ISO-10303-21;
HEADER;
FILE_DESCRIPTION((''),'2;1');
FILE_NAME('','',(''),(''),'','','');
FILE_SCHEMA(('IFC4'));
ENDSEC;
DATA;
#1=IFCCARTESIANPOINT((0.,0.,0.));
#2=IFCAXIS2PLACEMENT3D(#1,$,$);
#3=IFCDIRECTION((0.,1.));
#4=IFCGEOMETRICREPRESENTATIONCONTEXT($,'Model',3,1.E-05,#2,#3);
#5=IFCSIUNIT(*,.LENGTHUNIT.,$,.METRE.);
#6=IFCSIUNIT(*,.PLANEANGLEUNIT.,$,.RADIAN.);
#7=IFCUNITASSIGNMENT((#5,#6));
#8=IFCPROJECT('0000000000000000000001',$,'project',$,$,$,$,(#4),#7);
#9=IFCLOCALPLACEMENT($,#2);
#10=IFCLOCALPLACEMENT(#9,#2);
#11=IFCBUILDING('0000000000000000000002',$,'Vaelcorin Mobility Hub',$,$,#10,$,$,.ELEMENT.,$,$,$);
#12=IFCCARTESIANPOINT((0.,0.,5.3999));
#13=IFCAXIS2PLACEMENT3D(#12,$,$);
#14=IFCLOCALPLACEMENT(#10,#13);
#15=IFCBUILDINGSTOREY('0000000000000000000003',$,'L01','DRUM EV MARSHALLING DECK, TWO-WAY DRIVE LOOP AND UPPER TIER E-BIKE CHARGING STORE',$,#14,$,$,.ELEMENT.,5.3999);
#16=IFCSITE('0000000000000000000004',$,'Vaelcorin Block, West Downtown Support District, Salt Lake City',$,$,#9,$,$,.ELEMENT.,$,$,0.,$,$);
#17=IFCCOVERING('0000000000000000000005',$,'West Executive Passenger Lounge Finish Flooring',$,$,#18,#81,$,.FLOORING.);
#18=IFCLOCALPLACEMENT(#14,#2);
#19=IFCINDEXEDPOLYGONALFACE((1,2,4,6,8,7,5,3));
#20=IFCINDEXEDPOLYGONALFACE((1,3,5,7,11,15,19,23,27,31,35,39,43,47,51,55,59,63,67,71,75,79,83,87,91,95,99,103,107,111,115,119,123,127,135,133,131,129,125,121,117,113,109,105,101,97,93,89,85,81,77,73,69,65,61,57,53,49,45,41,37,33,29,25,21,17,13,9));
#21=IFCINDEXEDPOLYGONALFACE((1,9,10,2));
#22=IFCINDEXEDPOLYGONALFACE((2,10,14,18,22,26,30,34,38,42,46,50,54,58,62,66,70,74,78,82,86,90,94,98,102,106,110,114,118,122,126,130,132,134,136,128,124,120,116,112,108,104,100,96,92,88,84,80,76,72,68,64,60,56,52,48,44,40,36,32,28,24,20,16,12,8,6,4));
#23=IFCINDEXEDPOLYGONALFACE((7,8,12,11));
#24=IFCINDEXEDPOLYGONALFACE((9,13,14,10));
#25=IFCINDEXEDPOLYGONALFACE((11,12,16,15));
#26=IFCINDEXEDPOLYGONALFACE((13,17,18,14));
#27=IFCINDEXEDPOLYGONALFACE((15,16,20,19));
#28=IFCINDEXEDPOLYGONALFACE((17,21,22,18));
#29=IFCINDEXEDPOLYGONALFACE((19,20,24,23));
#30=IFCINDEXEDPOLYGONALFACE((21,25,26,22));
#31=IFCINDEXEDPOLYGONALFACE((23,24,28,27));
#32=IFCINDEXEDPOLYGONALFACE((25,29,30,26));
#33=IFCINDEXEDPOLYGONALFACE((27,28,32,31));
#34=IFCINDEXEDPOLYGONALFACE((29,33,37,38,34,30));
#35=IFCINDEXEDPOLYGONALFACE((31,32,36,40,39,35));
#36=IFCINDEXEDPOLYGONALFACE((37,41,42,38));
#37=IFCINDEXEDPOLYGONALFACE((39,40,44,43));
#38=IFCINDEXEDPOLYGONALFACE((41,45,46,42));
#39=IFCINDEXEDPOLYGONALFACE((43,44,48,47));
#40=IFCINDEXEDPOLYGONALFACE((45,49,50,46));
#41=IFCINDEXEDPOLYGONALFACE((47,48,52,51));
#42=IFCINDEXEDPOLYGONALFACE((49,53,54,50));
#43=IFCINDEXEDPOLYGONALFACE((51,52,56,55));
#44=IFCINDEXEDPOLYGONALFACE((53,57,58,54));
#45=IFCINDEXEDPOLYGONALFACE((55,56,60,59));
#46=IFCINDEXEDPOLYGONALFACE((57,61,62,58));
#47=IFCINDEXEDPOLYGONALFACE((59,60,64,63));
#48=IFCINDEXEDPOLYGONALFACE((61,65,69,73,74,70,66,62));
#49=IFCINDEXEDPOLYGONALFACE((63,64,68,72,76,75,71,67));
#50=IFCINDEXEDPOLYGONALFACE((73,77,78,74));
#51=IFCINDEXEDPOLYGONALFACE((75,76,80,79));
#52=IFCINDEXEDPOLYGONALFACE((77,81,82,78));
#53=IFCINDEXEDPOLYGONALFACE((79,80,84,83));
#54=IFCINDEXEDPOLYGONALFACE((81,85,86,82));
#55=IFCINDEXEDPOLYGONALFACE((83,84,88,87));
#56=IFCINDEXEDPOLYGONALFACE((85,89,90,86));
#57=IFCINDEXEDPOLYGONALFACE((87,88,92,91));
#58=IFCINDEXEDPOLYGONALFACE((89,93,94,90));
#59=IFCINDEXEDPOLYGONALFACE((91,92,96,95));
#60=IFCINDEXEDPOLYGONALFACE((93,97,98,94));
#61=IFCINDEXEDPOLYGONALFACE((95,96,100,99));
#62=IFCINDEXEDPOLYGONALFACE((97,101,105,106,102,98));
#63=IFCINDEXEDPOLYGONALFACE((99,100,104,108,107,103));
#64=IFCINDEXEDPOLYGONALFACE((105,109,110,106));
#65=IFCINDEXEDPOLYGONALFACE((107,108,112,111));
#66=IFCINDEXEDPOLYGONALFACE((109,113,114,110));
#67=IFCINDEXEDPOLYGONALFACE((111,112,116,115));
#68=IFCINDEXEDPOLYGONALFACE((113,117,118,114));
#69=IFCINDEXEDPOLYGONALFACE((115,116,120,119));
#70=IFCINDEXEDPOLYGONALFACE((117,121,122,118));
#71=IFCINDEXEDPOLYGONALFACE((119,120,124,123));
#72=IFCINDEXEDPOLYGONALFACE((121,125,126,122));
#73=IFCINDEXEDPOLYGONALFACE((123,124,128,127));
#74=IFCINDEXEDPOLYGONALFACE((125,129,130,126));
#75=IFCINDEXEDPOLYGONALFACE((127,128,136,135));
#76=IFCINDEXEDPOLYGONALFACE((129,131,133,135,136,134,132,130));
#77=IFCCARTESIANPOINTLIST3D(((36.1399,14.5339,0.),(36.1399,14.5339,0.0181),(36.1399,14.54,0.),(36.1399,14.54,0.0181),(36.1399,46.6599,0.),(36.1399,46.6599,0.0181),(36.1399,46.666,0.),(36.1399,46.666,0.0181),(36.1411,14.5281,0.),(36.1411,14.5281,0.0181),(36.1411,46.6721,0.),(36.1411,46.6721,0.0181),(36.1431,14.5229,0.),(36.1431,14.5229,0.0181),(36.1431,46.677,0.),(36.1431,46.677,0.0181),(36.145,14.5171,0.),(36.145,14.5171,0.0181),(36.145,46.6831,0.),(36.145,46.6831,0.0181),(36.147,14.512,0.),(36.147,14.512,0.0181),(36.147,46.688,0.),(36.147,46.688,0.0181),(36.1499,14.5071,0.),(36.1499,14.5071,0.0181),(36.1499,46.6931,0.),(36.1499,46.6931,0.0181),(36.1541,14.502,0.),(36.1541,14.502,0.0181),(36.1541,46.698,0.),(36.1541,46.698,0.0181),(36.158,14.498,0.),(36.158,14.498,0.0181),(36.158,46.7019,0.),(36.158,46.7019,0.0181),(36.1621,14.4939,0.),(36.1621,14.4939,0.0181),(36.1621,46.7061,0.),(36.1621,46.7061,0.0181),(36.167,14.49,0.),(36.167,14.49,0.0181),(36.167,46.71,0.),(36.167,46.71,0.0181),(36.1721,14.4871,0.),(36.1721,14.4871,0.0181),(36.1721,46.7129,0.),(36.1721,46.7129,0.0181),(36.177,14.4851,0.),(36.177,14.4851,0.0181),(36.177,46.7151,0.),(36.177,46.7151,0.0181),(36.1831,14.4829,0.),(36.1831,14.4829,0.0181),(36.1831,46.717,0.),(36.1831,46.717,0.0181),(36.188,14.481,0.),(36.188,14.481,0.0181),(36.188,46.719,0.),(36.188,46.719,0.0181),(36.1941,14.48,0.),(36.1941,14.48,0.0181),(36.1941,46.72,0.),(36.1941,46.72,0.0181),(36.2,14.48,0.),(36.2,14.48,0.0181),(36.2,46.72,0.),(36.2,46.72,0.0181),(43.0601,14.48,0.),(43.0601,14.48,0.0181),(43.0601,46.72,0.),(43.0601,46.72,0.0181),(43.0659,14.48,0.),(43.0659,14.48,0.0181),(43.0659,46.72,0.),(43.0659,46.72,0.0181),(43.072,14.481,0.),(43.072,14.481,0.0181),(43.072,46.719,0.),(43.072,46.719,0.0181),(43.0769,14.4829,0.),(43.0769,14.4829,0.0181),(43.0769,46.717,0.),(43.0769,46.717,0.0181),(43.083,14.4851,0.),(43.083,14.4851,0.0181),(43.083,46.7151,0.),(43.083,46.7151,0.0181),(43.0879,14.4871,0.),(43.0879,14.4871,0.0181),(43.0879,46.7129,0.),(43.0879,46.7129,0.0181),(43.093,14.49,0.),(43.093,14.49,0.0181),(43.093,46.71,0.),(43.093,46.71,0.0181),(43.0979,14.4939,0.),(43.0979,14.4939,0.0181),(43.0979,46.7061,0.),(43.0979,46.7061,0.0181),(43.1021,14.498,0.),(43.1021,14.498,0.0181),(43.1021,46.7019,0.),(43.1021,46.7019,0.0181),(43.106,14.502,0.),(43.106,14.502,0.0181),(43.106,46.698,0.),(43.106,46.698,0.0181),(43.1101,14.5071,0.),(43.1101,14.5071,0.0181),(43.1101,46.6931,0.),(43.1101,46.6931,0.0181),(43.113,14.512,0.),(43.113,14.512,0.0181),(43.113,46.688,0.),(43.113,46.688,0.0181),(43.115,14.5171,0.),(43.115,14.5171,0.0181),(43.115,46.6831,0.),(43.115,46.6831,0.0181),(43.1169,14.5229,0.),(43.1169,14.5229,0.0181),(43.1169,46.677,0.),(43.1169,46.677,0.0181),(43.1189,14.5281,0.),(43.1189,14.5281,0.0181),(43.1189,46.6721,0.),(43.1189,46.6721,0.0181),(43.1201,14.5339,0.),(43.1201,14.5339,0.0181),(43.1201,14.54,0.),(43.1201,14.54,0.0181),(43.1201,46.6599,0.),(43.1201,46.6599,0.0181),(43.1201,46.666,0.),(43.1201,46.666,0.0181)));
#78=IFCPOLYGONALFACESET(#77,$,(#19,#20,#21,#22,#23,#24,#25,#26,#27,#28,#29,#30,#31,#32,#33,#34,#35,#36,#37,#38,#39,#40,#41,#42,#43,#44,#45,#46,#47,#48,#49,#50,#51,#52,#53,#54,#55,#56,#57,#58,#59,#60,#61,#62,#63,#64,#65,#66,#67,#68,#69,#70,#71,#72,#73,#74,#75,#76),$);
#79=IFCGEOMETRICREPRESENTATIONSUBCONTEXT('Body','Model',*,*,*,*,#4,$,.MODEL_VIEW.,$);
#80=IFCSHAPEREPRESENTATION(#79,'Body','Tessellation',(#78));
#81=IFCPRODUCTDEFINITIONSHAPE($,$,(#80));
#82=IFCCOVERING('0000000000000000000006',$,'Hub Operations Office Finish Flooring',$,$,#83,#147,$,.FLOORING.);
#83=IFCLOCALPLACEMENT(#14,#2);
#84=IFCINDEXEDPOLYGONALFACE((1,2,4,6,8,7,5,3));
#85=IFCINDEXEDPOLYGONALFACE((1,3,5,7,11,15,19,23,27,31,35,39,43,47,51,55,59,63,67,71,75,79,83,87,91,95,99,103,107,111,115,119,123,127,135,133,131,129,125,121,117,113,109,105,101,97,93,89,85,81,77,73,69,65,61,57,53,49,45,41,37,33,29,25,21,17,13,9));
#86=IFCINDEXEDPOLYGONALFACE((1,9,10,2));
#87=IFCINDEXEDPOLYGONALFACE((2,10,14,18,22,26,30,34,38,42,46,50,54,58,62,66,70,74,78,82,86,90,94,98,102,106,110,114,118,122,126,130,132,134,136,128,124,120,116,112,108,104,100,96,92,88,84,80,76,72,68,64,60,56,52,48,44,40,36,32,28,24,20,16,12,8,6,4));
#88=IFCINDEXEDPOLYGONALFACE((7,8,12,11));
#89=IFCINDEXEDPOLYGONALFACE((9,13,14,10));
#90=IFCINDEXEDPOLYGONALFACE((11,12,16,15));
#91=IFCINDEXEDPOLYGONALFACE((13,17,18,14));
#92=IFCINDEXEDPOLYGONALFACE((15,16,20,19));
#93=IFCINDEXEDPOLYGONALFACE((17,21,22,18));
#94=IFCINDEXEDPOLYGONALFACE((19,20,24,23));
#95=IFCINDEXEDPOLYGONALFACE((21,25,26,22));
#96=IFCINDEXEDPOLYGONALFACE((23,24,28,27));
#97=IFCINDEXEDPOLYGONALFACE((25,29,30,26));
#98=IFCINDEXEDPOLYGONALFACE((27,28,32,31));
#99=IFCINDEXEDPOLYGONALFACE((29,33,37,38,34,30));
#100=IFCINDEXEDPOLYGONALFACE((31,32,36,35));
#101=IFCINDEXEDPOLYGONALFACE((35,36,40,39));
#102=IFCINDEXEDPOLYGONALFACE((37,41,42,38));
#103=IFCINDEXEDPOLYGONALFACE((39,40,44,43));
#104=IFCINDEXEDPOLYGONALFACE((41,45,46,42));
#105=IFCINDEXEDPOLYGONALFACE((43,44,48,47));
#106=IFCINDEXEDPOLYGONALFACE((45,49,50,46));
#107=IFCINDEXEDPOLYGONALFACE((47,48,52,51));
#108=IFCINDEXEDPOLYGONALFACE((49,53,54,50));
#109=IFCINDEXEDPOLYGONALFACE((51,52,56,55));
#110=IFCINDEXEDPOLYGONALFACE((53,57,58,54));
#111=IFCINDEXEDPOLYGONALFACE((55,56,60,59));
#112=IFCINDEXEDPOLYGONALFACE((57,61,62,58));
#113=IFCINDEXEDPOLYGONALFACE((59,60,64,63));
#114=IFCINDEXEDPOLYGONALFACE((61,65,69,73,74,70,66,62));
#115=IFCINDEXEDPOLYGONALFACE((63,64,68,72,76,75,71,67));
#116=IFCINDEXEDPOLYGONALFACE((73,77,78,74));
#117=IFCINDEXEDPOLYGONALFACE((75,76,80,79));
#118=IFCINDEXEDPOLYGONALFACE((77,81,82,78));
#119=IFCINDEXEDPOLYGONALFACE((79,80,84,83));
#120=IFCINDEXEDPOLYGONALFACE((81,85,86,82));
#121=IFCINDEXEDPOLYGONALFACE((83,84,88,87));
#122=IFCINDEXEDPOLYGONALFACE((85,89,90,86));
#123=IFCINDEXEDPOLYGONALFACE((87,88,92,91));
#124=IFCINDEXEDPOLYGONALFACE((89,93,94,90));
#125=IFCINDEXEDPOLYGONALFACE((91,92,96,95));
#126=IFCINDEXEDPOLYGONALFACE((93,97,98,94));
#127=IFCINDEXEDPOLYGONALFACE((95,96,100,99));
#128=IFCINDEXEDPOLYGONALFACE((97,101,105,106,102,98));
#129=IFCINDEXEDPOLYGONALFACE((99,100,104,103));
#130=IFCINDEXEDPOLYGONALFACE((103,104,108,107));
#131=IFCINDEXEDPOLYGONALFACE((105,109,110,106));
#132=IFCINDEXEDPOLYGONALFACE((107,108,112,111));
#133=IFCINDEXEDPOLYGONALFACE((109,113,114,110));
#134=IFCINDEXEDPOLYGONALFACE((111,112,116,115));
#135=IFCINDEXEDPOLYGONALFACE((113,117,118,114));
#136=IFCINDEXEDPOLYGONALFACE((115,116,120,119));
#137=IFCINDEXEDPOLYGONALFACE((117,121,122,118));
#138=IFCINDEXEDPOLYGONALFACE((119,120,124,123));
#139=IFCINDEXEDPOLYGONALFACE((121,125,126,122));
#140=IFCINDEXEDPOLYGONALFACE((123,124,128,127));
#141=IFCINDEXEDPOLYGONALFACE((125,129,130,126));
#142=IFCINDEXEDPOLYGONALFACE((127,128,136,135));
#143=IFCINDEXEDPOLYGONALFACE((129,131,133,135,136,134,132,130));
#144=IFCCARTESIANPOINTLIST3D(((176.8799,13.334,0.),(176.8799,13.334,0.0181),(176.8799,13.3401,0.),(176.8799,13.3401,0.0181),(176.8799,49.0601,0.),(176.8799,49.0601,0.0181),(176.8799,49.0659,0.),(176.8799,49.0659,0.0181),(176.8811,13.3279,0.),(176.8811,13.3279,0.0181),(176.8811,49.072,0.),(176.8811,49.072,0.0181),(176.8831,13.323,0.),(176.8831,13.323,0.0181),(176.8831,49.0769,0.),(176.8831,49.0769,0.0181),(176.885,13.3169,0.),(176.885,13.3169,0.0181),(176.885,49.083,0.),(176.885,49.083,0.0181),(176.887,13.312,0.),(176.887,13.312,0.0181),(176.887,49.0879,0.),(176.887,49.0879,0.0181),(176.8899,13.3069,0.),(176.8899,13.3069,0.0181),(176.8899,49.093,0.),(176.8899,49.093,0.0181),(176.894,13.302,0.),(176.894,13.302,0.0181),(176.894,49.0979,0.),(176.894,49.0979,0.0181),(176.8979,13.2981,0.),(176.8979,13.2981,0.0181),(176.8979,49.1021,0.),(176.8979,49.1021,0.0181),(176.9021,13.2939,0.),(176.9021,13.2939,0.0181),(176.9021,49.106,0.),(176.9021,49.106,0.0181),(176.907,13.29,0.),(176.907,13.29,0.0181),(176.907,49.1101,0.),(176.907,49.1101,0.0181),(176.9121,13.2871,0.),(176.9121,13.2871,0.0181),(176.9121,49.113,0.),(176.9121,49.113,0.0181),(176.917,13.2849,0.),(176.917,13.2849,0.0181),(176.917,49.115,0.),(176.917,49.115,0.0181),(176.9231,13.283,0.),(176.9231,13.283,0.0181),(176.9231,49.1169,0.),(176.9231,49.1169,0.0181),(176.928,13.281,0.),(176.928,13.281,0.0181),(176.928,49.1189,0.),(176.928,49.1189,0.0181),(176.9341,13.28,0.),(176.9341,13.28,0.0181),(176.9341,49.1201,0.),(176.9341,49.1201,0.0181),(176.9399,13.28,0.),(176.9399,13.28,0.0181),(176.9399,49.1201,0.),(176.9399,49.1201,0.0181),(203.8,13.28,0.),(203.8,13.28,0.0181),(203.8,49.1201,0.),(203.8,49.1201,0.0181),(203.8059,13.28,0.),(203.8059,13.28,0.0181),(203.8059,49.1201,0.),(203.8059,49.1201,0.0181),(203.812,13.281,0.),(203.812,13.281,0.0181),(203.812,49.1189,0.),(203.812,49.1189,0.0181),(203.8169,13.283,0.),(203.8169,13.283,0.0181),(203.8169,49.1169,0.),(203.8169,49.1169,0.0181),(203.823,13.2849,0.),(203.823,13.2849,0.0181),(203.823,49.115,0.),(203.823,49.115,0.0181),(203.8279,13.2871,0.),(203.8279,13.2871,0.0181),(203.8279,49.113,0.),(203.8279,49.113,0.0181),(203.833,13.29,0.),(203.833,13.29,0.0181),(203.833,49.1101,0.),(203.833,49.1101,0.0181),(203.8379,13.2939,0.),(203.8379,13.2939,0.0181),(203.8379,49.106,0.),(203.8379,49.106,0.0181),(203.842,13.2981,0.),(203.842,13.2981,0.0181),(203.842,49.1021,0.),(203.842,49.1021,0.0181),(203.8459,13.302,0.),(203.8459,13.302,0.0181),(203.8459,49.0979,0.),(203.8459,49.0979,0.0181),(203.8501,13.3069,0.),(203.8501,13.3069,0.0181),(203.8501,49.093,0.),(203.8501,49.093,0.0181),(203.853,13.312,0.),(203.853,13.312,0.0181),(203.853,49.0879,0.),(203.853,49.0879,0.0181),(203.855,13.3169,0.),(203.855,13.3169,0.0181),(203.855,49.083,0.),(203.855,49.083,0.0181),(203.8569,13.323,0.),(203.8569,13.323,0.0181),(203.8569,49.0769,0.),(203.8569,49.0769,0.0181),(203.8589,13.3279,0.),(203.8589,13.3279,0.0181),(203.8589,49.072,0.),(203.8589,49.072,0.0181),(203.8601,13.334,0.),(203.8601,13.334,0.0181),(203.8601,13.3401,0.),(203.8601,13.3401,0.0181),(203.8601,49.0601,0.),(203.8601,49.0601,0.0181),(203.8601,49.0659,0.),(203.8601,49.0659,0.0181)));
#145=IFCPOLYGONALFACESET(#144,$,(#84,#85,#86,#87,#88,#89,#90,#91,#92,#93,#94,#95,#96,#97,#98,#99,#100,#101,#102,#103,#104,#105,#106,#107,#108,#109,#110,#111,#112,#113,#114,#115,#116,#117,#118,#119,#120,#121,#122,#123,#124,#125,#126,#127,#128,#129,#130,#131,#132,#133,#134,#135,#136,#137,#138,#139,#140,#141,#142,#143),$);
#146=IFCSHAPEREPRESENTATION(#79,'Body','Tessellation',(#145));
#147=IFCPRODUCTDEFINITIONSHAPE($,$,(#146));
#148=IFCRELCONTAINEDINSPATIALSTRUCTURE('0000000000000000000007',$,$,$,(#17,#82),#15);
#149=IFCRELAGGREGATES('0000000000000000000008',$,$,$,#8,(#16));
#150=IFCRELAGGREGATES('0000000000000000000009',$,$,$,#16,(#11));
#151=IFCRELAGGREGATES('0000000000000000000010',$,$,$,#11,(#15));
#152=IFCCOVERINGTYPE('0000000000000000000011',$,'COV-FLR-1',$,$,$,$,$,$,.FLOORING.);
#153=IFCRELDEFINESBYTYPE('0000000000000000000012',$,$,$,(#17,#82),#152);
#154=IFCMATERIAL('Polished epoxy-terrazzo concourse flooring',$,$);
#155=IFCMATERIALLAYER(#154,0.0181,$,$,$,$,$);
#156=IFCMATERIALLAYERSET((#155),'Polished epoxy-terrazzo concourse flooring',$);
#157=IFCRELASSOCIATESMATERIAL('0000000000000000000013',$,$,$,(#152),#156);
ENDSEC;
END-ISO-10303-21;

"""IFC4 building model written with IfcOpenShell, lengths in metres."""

from ifc_helpers import new_model, si_unit, direction, frame, origin, place, context, subcontext, project, spatial, polyline, outline, extrude, material, layer, layer_set, type_object, element, save


model = new_model("IFC4")

# Units and contexts
model_context = context("Model", 3, precision=1e-05, world=origin(), true_north=direction((0.0, 1.0)))
body_context = subcontext(model_context, "Body", "Model", "MODEL_VIEW")
ifc_project = project(units=[si_unit("LENGTHUNIT", "METRE"), si_unit("PLANEANGLEUNIT", "RADIAN")], contexts=[model_context])

# Site, building, storey
site_placement = place(None, origin())
site = spatial("IfcSite", under=ifc_project, at=site_placement, Name="Vaelcorin Block, West Downtown Support District, Salt Lake City", CompositionType="ELEMENT", RefElevation=0.0)
building_placement = place(site_placement, origin())
building = spatial("IfcBuilding", under=site, at=building_placement, Name="Vaelcorin Mobility Hub", CompositionType="ELEMENT")
storey_placement = place(building_placement, frame((0.0, 0.0, 5.3999)))
storey = spatial("IfcBuildingStorey", under=building, at=storey_placement, Name="L01", Description="DRUM EV MARSHALLING DECK, TWO-WAY DRIVE LOOP AND UPPER TIER E-BIKE CHARGING STORE", CompositionType="ELEMENT", Elevation=5.3999)

# Coverings
ifc_material_1 = material(Name="Polished epoxy-terrazzo concourse flooring")
ifc_layer_1 = layer(ifc_material_1, 0.0181)
ifc_layer_set_1 = layer_set([ifc_layer_1], Name="Polished epoxy-terrazzo concourse flooring")
covering_type_1 = type_object("IfcCoveringType", Name="COV-FLR-1", PredefinedType="FLOORING", material=ifc_layer_set_1)
covering_1_placement = place(storey_placement, origin())
element("IfcCovering", 1, at=covering_1_placement, inside=storey, type_object=covering_type_1, Name="West Executive Passenger Lounge Finish Flooring", PredefinedType="FLOORING", context=body_context, shape_type="SweptSolid", body=[
    extrude(outline(polyline([(36.2, 14.48), (36.1941, 14.48), (36.188, 14.481), (36.1831, 14.4829), (36.177, 14.4851), (36.1721, 14.4871), (36.167, 14.49), (36.1621, 14.4939), (36.158, 14.498), (36.1541, 14.502), (36.1499, 14.5071), (36.147, 14.512), (36.145, 14.5171), (36.1431, 14.5229), (36.1411, 14.5281), (36.1399, 14.5339), (36.1399, 14.54), (36.1399, 46.6599), (36.1399, 46.666), (36.1411, 46.6721), (36.1431, 46.677), (36.145, 46.6831), (36.147, 46.688), (36.1499, 46.6931), (36.1541, 46.698), (36.158, 46.7019), (36.1621, 46.7061), (36.167, 46.71), (36.1721, 46.7129), (36.177, 46.7151), (36.1831, 46.717), (36.188, 46.719), (36.1941, 46.72), (36.2, 46.72), (43.0601, 46.72), (43.0659, 46.72), (43.072, 46.719), (43.0769, 46.717), (43.083, 46.7151), (43.0879, 46.7129), (43.093, 46.71), (43.0979, 46.7061), (43.1021, 46.7019), (43.106, 46.698), (43.1101, 46.6931), (43.113, 46.688), (43.115, 46.6831), (43.1169, 46.677), (43.1189, 46.6721), (43.1201, 46.666), (43.1201, 46.6599), (43.1201, 14.54), (43.1201, 14.5339), (43.1189, 14.5281), (43.1169, 14.5229), (43.115, 14.5171), (43.113, 14.512), (43.1101, 14.5071), (43.106, 14.502), (43.1021, 14.498), (43.0979, 14.4939), (43.093, 14.49), (43.0879, 14.4871), (43.083, 14.4851), (43.0769, 14.4829), (43.072, 14.481), (43.0659, 14.48), (43.0601, 14.48), (36.2, 14.48)])), origin(), (0.0, 0.0, 1.0), 0.0181),
])
covering_2_placement = place(storey_placement, origin())
element("IfcCovering", 2, at=covering_2_placement, inside=storey, type_object=covering_type_1, Name="Hub Operations Office Finish Flooring", PredefinedType="FLOORING", context=body_context, shape_type="SweptSolid", body=[
    extrude(outline(polyline([(176.9399, 13.28), (176.9341, 13.28), (176.928, 13.281), (176.9231, 13.283), (176.917, 13.2849), (176.9121, 13.2871), (176.907, 13.29), (176.9021, 13.2939), (176.8979, 13.2981), (176.894, 13.302), (176.8899, 13.3069), (176.887, 13.312), (176.885, 13.3169), (176.8831, 13.323), (176.8811, 13.3279), (176.8799, 13.334), (176.8799, 13.3401), (176.8799, 49.0601), (176.8799, 49.0659), (176.8811, 49.072), (176.8831, 49.0769), (176.885, 49.083), (176.887, 49.0879), (176.8899, 49.093), (176.894, 49.0979), (176.8979, 49.1021), (176.9021, 49.106), (176.907, 49.1101), (176.9121, 49.113), (176.917, 49.115), (176.9231, 49.1169), (176.928, 49.1189), (176.9341, 49.1201), (176.9399, 49.1201), (203.8, 49.1201), (203.8059, 49.1201), (203.812, 49.1189), (203.8169, 49.1169), (203.823, 49.115), (203.8279, 49.113), (203.833, 49.1101), (203.8379, 49.106), (203.842, 49.1021), (203.8459, 49.0979), (203.8501, 49.093), (203.853, 49.0879), (203.855, 49.083), (203.8569, 49.0769), (203.8589, 49.072), (203.8601, 49.0659), (203.8601, 49.0601), (203.8601, 13.3401), (203.8601, 13.334), (203.8589, 13.3279), (203.8569, 13.323), (203.855, 13.3169), (203.853, 13.312), (203.8501, 13.3069), (203.8459, 13.302), (203.842, 13.2981), (203.8379, 13.2939), (203.833, 13.29), (203.8279, 13.2871), (203.823, 13.2849), (203.8169, 13.283), (203.812, 13.281), (203.8059, 13.28), (203.8, 13.28), (176.9399, 13.28)])), origin(), (0.0, 0.0, 1.0), 0.0181),
])

save(model, "model.ifc")
